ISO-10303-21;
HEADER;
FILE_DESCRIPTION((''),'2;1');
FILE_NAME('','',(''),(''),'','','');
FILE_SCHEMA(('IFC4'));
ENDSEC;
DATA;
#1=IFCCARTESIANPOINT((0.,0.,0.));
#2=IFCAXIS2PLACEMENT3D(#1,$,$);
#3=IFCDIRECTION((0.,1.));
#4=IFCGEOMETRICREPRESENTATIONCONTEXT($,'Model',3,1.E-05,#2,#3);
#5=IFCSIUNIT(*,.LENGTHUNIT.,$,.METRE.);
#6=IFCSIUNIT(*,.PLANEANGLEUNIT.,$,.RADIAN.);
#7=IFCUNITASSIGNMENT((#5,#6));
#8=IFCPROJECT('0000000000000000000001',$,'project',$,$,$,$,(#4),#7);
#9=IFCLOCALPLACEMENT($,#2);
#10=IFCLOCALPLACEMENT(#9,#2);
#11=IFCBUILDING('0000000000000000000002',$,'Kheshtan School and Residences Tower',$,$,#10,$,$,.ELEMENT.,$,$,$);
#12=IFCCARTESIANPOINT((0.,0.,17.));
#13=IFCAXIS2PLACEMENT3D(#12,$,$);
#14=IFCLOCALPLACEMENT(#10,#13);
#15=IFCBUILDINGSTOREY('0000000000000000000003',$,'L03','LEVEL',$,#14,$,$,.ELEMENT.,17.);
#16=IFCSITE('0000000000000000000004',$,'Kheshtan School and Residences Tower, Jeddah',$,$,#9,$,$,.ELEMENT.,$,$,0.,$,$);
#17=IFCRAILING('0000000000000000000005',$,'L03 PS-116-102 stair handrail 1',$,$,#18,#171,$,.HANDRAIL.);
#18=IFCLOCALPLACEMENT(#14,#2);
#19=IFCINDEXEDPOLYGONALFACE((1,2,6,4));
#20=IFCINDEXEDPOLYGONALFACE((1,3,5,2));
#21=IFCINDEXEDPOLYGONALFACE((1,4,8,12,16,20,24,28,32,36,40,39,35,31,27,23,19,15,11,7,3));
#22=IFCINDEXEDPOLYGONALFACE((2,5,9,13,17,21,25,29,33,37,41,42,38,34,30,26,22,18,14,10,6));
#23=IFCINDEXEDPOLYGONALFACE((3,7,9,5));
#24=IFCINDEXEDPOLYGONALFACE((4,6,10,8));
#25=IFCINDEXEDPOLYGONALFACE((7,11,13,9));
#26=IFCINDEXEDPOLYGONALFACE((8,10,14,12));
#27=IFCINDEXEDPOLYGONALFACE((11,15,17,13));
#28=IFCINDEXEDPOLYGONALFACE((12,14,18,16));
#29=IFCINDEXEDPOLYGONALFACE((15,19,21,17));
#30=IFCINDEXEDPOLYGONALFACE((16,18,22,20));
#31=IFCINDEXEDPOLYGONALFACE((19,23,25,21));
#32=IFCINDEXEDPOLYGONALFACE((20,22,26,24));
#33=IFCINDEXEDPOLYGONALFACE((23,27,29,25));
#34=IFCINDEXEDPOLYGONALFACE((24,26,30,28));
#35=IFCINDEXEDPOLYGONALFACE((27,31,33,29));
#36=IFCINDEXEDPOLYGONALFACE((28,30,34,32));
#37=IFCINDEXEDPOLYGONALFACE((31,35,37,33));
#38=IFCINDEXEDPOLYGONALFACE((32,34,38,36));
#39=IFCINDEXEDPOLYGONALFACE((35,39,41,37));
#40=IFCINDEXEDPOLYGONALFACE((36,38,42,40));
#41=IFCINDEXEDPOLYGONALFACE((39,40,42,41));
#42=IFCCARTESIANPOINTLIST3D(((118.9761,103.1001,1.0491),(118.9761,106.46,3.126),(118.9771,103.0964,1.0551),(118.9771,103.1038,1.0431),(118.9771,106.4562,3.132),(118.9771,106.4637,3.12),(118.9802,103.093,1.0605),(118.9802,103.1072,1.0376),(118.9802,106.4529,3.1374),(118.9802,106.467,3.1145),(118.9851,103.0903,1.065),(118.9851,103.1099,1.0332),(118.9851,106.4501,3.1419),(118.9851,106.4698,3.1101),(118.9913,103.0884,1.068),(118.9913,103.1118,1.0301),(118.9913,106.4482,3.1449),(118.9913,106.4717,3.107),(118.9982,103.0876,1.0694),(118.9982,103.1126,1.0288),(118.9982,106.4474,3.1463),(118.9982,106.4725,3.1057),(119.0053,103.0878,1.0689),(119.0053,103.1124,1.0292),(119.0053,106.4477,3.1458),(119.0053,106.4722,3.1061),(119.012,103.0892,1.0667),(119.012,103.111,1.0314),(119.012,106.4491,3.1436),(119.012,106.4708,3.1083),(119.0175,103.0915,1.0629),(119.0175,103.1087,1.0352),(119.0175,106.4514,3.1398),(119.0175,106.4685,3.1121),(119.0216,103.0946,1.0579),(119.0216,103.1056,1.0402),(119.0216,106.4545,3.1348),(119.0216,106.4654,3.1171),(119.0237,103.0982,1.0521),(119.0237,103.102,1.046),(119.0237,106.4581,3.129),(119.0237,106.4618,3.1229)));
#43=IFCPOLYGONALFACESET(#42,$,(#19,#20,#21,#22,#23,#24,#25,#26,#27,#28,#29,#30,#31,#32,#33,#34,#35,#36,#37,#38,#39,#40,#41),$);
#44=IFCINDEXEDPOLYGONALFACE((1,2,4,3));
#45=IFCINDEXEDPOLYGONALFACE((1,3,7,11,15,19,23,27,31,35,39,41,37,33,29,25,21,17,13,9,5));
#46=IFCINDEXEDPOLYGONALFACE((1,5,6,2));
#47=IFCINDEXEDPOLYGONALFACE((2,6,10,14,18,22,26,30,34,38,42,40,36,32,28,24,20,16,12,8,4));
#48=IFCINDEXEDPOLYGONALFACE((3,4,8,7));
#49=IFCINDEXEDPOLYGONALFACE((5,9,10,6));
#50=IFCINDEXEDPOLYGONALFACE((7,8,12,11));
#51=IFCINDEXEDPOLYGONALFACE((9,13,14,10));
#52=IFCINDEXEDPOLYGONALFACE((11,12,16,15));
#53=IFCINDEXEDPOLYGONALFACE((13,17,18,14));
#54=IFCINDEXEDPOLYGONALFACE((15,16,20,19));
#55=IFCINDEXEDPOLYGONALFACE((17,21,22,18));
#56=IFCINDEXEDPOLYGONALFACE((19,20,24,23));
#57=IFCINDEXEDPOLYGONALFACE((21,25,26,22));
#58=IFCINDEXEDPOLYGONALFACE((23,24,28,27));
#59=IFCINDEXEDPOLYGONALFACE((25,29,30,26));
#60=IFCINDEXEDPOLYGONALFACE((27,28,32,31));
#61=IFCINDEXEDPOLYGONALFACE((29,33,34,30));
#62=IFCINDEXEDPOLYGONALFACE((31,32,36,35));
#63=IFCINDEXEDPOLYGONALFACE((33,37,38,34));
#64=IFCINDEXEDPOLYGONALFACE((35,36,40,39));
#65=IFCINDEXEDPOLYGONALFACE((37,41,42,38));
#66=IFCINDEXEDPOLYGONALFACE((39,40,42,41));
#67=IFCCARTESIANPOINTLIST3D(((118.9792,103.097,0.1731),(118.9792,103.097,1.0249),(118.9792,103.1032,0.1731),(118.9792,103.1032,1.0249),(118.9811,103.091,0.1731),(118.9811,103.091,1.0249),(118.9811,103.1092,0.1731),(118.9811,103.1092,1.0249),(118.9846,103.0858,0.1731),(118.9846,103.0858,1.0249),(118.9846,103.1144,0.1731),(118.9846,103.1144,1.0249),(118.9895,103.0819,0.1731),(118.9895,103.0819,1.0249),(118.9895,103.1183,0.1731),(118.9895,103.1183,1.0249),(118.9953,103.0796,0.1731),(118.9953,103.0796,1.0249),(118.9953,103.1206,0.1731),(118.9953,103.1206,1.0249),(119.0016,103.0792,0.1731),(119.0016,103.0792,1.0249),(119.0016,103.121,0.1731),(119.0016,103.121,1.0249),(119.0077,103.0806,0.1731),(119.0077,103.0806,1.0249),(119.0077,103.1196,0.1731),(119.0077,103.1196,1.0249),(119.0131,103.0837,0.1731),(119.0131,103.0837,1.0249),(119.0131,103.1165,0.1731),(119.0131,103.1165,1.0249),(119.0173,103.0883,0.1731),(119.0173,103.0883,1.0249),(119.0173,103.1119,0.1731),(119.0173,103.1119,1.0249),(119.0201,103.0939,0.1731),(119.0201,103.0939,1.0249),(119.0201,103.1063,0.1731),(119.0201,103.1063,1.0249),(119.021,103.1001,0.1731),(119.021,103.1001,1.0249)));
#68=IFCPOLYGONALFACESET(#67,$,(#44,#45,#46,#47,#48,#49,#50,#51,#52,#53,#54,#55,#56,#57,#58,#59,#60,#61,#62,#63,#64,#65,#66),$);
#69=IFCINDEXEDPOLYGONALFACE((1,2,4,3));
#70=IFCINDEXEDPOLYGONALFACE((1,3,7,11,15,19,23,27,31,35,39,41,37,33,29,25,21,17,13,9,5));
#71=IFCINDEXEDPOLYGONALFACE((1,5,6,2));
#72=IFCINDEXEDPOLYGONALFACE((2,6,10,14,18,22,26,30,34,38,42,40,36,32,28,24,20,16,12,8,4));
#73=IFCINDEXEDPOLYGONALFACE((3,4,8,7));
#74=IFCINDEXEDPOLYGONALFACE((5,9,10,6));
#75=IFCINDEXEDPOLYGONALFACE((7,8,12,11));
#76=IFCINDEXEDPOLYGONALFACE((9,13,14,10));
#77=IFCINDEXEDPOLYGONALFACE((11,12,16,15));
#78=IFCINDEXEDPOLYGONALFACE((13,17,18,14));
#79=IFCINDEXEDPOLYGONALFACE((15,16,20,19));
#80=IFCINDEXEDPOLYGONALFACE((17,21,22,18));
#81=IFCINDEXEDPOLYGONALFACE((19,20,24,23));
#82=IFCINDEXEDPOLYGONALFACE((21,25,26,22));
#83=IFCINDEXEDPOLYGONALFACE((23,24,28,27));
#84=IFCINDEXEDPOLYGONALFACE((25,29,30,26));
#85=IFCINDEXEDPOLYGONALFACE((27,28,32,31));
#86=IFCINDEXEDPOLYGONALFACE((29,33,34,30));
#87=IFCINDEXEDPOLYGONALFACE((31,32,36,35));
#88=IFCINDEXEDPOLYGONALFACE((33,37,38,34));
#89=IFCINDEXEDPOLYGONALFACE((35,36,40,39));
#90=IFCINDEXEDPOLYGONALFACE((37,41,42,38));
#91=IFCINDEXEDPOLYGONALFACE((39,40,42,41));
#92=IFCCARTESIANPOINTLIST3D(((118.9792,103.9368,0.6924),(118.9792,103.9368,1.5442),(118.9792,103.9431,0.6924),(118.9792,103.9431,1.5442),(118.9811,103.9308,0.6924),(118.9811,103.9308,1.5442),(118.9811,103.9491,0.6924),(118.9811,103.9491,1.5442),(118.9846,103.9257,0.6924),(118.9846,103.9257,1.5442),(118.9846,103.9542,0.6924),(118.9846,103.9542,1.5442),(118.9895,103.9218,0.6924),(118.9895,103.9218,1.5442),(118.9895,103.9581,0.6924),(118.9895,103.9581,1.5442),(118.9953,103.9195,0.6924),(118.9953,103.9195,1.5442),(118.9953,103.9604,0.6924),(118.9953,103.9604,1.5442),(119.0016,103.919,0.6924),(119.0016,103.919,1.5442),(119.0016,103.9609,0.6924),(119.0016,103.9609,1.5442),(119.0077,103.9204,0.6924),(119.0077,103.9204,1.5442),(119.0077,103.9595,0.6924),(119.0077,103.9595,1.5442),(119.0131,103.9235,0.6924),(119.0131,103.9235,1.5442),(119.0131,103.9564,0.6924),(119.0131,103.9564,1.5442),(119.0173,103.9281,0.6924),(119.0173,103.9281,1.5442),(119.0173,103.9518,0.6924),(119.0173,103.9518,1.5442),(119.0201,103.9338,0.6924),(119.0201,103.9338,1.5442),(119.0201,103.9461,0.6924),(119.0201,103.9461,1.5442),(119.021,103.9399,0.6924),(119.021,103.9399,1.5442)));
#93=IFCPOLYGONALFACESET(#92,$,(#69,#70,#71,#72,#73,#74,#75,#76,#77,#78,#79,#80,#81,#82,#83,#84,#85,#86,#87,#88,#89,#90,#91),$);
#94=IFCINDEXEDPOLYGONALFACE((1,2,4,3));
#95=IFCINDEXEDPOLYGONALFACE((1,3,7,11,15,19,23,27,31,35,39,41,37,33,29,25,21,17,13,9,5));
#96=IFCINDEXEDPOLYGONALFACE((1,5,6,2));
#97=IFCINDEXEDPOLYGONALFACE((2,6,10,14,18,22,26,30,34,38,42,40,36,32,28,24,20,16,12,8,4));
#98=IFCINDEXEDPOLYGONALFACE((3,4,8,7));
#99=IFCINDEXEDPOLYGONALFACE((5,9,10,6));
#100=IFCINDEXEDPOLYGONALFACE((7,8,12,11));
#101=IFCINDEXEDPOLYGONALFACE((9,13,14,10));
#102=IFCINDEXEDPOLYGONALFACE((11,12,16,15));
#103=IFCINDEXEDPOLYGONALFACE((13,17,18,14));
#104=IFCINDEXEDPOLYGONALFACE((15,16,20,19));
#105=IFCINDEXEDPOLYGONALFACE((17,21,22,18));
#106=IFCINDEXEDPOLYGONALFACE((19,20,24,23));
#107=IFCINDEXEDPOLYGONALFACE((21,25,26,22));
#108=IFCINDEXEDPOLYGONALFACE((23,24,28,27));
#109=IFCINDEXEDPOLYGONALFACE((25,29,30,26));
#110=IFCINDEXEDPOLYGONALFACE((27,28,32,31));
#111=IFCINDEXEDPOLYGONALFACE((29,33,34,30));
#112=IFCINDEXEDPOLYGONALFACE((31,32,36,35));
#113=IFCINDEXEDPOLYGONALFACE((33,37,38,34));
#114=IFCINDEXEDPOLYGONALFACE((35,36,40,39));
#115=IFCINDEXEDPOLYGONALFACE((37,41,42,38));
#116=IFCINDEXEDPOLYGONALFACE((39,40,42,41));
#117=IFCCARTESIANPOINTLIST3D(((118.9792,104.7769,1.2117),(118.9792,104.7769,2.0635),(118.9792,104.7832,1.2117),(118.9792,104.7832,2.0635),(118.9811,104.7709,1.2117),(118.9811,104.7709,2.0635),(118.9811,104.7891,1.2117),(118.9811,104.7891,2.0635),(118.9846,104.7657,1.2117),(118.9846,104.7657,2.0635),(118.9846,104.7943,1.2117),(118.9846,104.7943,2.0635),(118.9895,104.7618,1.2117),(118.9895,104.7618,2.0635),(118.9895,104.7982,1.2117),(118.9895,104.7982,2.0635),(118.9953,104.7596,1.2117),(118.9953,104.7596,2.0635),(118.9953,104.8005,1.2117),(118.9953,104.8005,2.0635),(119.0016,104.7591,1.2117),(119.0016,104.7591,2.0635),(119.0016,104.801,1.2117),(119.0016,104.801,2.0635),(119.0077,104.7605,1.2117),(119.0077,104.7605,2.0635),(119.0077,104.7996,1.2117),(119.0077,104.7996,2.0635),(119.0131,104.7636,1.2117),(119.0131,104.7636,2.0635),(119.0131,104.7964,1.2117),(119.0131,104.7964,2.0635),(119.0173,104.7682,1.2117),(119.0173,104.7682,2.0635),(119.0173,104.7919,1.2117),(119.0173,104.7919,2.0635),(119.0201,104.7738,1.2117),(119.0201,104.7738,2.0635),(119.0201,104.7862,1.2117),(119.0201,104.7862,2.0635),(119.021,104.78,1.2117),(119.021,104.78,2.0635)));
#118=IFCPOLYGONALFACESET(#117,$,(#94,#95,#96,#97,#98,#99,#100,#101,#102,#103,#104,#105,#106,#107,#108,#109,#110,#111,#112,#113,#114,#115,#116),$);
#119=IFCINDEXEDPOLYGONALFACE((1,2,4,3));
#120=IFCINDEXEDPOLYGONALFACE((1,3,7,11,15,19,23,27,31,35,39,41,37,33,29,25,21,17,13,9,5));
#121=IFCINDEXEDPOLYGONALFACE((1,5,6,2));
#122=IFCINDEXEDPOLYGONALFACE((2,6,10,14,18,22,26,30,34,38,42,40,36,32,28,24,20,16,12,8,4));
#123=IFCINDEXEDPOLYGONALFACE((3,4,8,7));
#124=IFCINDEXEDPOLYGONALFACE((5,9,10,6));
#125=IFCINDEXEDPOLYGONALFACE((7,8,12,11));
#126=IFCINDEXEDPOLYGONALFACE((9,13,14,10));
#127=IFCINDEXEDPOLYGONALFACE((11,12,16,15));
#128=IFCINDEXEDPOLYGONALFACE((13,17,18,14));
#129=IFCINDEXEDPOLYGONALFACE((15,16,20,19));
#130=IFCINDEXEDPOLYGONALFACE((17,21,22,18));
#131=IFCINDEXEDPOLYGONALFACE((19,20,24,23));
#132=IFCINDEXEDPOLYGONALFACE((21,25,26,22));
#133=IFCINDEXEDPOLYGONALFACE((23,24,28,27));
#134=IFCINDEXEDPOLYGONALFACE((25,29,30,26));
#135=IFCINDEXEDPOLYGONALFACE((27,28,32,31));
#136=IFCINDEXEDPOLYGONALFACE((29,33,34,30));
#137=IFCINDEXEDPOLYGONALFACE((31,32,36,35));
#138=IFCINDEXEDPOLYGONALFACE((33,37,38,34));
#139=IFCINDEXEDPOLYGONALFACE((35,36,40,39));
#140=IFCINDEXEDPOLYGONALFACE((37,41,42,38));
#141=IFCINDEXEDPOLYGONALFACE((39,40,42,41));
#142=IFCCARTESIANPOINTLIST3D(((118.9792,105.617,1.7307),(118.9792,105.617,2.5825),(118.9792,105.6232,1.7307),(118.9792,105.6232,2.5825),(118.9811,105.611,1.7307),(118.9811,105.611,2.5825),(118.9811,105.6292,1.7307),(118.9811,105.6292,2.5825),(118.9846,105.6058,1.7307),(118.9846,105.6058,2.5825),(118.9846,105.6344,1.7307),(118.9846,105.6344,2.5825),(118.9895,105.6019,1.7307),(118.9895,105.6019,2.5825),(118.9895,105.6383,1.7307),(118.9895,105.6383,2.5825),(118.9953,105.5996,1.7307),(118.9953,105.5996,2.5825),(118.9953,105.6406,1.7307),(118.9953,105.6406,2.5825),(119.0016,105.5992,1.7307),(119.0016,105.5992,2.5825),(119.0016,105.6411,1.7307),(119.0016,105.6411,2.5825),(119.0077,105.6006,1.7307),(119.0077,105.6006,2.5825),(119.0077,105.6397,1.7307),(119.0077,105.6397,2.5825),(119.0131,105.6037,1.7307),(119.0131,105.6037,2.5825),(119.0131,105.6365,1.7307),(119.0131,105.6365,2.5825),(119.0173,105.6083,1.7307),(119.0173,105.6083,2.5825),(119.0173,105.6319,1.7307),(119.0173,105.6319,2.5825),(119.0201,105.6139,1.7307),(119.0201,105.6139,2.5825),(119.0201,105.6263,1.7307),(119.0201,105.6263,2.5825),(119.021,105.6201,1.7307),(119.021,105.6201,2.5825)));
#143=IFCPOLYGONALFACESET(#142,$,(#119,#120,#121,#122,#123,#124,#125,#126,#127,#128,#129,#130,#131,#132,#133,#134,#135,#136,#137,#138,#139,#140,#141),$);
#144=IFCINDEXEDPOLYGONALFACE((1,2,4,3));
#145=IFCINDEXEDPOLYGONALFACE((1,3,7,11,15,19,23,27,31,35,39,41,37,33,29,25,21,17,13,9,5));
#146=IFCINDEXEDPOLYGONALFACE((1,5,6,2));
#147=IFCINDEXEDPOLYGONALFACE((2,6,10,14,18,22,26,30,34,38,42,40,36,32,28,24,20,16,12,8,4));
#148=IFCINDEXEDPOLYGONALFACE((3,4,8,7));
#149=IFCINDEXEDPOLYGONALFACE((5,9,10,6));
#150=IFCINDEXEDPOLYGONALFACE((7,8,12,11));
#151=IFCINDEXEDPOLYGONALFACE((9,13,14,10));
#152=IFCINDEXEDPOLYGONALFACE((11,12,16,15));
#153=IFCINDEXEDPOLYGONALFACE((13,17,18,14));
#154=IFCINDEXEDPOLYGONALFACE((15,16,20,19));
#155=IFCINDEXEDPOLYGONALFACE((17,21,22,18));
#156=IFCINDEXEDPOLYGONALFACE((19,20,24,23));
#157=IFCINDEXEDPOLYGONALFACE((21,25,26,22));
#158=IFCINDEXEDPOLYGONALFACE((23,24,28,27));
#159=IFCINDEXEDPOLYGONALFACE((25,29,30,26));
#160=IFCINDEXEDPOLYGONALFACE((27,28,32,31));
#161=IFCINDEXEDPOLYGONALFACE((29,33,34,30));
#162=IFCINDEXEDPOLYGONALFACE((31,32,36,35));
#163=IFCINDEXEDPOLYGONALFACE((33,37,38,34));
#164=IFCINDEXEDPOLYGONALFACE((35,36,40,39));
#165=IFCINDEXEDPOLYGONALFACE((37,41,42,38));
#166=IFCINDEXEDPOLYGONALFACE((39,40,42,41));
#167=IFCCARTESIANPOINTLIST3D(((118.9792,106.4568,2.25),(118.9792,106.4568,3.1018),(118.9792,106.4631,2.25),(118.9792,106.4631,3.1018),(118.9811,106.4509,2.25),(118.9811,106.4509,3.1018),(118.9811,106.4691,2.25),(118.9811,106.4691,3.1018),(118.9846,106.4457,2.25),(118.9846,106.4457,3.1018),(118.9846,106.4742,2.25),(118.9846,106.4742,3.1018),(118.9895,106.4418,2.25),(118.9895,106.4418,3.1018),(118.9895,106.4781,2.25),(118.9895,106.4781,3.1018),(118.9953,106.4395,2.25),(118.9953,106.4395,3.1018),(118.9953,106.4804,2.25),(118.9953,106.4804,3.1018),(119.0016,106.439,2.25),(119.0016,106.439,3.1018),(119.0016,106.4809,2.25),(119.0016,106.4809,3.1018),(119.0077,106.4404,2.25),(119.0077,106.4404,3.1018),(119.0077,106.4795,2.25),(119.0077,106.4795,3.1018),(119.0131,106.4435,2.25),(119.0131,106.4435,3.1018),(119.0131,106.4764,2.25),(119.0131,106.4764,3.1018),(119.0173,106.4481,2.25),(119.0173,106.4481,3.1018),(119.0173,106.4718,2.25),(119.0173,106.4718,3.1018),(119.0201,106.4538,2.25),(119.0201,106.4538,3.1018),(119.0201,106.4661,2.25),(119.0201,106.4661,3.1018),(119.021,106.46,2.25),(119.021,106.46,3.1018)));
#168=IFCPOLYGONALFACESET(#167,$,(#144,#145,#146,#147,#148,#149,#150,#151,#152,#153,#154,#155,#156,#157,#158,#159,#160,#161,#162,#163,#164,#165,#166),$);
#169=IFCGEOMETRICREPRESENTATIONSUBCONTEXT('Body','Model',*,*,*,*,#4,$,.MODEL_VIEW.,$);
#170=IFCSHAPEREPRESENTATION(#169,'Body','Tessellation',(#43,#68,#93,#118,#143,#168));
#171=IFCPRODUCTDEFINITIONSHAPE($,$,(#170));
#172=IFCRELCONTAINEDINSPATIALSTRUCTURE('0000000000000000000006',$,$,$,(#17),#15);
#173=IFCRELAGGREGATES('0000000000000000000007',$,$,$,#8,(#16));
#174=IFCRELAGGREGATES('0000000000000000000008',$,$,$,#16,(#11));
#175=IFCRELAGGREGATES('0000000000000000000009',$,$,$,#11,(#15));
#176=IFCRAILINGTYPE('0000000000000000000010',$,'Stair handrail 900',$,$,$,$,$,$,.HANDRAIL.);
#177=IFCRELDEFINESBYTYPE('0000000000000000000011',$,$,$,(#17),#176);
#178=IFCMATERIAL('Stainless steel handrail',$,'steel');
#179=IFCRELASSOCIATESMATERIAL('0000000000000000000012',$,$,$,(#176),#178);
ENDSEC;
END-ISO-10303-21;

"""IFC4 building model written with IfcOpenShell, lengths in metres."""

from ifc_helpers import new_model, si_unit, direction, frame, origin, origin_2d, place, context, subcontext, project, spatial, circle, extrude, material, type_object, element, save


model = new_model("IFC4")

# Units and contexts
model_context = context("Model", 3, precision=1e-05, world=origin(), true_north=direction((0.0, 1.0)))
body_context = subcontext(model_context, "Body", "Model", "MODEL_VIEW")
ifc_project = project(units=[si_unit("LENGTHUNIT", "METRE"), si_unit("PLANEANGLEUNIT", "RADIAN")], contexts=[model_context])

# Site, building, storey
site_placement = place(None, origin())
site = spatial("IfcSite", under=ifc_project, at=site_placement, Name="Kheshtan School and Residences Tower, Jeddah", CompositionType="ELEMENT", RefElevation=0.0)
building_placement = place(site_placement, origin())
building = spatial("IfcBuilding", under=site, at=building_placement, Name="Kheshtan School and Residences Tower", CompositionType="ELEMENT")
storey_placement = place(building_placement, frame((0.0, 0.0, 17.0)))
storey = spatial("IfcBuildingStorey", under=building, at=storey_placement, Name="L03", Description="LEVEL", CompositionType="ELEMENT", Elevation=17.0)

# Railing
ifc_material_1 = material(Name="Stainless steel handrail", Category="steel")
railing_type = type_object("IfcRailingType", Name="Stair handrail 900", PredefinedType="HANDRAIL", material=ifc_material_1)
railing_placement = place(storey_placement, frame((119.0, 103.1001, 0.1731)))
element("IfcRailing", 1, at=railing_placement, inside=storey, type_object=railing_type, Name="L03 PS-116-102 stair handrail 1", PredefinedType="HANDRAIL", context=body_context, shape_type="SweptSolid", body=[
    extrude(circle(Radius=0.0239, at=origin_2d()), frame((0.0, 0.0, 0.876), z_axis=(0.0, 0.850606, 0.525803), x_axis=(-1.0, 0.0, 0.0)), (0.0, 0.0, 1.0), 3.95),
    extrude(circle(Radius=0.021, at=origin_2d()), origin(), (0.0, 0.0, 1.0), 0.8518),
    extrude(circle(Radius=0.021, at=origin_2d()), frame((0.0, 0.8398, 0.5193)), (0.0, 0.0, 1.0), 0.8518),
    extrude(circle(Radius=0.021, at=origin_2d()), frame((0.0, 1.6799, 1.0386)), (0.0, 0.0, 1.0), 0.8518),
    extrude(circle(Radius=0.021, at=origin_2d()), frame((0.0, 2.52, 1.5576)), (0.0, 0.0, 1.0), 0.8518),
    extrude(circle(Radius=0.021, at=origin_2d()), frame((0.0, 3.3599, 2.0769)), (0.0, 0.0, 1.0), 0.8518),
])

save(model, "model.ifc")
